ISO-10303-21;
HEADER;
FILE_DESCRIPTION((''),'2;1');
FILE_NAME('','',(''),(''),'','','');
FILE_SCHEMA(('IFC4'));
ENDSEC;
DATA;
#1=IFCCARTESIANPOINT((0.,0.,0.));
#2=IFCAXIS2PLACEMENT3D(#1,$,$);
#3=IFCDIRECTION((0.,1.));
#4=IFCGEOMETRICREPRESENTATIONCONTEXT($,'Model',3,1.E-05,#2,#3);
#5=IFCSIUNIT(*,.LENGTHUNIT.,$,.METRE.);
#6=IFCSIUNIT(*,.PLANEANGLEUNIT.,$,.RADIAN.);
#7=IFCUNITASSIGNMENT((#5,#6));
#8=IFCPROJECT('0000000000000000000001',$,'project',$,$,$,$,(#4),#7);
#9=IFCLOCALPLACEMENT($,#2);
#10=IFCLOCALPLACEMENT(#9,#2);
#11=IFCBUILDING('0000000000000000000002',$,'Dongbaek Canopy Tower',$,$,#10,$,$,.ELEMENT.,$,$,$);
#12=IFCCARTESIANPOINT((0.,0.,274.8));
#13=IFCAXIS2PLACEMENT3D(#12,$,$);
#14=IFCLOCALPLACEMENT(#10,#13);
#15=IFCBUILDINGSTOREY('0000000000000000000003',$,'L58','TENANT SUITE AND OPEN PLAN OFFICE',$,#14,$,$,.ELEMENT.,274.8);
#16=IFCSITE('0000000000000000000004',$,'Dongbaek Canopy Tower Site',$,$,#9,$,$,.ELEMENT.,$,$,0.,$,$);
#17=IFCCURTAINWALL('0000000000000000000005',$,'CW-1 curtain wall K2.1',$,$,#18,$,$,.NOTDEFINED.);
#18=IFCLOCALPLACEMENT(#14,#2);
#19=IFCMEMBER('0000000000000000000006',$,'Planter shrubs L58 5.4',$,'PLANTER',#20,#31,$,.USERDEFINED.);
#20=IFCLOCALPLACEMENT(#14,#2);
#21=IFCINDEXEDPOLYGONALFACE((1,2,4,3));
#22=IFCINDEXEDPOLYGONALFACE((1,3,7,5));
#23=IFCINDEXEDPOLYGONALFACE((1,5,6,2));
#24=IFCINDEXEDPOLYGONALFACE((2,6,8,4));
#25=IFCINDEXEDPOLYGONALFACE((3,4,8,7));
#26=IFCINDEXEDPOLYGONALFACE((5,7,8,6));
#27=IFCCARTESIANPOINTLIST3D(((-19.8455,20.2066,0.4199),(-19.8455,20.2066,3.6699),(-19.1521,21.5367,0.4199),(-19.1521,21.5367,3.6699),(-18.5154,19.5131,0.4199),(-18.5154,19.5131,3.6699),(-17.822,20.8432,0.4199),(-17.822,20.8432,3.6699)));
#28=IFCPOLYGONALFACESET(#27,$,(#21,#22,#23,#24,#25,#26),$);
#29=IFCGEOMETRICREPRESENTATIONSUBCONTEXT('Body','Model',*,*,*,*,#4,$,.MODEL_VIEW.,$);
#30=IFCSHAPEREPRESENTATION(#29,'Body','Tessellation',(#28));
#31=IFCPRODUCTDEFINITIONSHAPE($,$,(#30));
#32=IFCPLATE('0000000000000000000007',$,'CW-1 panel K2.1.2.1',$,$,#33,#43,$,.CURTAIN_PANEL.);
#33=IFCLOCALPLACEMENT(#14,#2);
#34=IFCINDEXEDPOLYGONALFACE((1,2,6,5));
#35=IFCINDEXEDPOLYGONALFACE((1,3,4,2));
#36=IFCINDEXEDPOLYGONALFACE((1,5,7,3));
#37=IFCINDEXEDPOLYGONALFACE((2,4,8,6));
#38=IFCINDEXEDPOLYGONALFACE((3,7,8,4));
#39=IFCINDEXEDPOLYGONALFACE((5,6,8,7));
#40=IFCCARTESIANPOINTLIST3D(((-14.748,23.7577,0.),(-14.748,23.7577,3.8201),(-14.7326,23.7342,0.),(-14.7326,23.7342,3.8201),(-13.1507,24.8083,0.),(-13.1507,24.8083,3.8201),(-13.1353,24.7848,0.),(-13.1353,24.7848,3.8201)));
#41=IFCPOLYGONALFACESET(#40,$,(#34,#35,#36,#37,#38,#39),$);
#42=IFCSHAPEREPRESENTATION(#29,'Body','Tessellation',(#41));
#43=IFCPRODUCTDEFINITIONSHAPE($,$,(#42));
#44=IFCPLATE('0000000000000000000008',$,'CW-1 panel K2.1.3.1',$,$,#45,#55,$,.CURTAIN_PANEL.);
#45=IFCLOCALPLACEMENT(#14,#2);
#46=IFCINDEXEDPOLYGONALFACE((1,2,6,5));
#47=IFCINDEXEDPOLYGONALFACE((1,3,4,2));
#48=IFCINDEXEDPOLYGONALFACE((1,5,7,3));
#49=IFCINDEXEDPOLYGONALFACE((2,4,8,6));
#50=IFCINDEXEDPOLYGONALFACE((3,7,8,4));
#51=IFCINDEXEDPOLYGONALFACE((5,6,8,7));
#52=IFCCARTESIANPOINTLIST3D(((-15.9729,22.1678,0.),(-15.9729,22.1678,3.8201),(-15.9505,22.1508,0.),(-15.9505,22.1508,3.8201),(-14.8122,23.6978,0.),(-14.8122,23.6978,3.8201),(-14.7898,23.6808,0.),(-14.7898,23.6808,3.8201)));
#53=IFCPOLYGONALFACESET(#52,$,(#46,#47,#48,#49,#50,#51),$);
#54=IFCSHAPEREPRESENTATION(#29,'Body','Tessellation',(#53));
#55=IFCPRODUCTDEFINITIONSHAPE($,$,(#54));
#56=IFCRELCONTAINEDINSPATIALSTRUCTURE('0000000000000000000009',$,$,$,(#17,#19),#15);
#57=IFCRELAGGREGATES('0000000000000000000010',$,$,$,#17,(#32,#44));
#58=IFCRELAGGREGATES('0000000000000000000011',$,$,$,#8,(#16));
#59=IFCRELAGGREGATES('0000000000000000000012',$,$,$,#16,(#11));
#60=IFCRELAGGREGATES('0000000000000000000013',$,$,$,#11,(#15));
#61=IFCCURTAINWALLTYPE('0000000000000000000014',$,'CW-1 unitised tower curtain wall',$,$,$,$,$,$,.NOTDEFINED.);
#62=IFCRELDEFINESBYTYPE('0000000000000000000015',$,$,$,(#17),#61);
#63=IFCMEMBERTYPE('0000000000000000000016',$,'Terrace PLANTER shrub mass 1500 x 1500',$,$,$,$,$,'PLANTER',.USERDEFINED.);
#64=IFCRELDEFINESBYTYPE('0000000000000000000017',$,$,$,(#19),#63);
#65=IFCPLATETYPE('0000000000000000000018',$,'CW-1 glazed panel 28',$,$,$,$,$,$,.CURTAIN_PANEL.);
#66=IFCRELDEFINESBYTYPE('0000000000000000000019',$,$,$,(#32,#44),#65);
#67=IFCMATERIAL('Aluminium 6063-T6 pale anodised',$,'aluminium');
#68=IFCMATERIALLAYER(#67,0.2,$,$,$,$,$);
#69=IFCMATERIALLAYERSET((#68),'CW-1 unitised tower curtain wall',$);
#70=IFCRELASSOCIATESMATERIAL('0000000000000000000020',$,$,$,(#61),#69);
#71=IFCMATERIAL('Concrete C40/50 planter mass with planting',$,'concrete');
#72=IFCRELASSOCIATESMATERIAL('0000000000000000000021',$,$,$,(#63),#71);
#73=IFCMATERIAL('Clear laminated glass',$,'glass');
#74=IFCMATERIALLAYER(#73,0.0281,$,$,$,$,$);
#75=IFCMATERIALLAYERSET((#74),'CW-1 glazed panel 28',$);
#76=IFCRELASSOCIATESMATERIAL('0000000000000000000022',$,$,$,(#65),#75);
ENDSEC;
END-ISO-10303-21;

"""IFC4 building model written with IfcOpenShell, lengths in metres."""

from ifc_helpers import new_model, si_unit, direction, frame, origin, origin_2d, place, context, subcontext, project, spatial, rectangle, extrude, material, layer, layer_set, material_profile, profile_set, type_object, element, aggregate, save


model = new_model("IFC4")

# Units and contexts
model_context = context("Model", 3, precision=1e-05, world=origin(), true_north=direction((0.0, 1.0)))
body_context = subcontext(model_context, "Body", "Model", "MODEL_VIEW")
ifc_project = project(units=[si_unit("LENGTHUNIT", "METRE"), si_unit("PLANEANGLEUNIT", "RADIAN")], contexts=[model_context])

# Site, building, storey
site_placement = place(None, origin())
site = spatial("IfcSite", under=ifc_project, at=site_placement, Name="Dongbaek Canopy Tower Site", CompositionType="ELEMENT", RefElevation=0.0)
building_placement = place(site_placement, origin())
building = spatial("IfcBuilding", under=site, at=building_placement, Name="Dongbaek Canopy Tower", CompositionType="ELEMENT")
storey_placement = place(building_placement, frame((0.0, 0.0, 274.8)))
storey = spatial("IfcBuildingStorey", under=building, at=storey_placement, Name="L58", Description="TENANT SUITE AND OPEN PLAN OFFICE", CompositionType="ELEMENT", Elevation=274.8)

# Curtain wall
ifc_material_1 = material(Name="Aluminium 6063-T6 pale anodised", Category="aluminium")
ifc_layer_1 = layer(ifc_material_1, 0.2)
ifc_layer_set_1 = layer_set([ifc_layer_1], Name="CW-1 unitised tower curtain wall")
curtain_wall_type = type_object("IfcCurtainWallType", Name="CW-1 unitised tower curtain wall", PredefinedType="NOTDEFINED", material=ifc_layer_set_1)
curtain_wall_placement = place(storey_placement, origin())
curtain_wall = element("IfcCurtainWall", 1, at=curtain_wall_placement, inside=storey, type_object=curtain_wall_type, Name="CW-1 curtain wall K2.1", PredefinedType="NOTDEFINED")

# Member
ifc_material_2 = material(Name="Concrete C40/50 planter mass with planting", Category="concrete")
ifc_material_profile_1 = material_profile(ifc_material_2, rectangle(XDim=1.5, YDim=1.5, at=origin_2d()), Name="Terrace PLANTER shrub mass 1500 x 1500")
ifc_profile_set_1 = profile_set([ifc_material_profile_1], Name="Concrete C40/50 planter mass with planting")
member_type_1 = type_object("IfcMemberType", Name="Terrace PLANTER shrub mass 1500 x 1500", ElementType="PLANTER", PredefinedType="USERDEFINED", material=ifc_profile_set_1)
member_1_placement = place(storey_placement, frame((-18.8337, 20.5249, 0.4199), z_axis=(0.0, 0.0, 1.0), x_axis=(-0.88673, 0.462288, 0.0)))
element("IfcMember", 2, at=member_1_placement, inside=storey, type_object=member_type_1, Name="Planter shrubs L58 5.4", ObjectType="PLANTER", PredefinedType="USERDEFINED", context=body_context, shape_type="SweptSolid", body=[
    extrude(rectangle(XDim=1.5, YDim=1.5, at=origin_2d()), origin(), (0.0, 0.0, 1.0), 3.25),
])

# Plates
ifc_material_3 = material(Name="Clear laminated glass", Category="glass")
ifc_layer_2 = layer(ifc_material_3, 0.0281)
ifc_layer_set_2 = layer_set([ifc_layer_2], Name="CW-1 glazed panel 28")
plate_type = type_object("IfcPlateType", Name="CW-1 glazed panel 28", PredefinedType="CURTAIN_PANEL", material=ifc_layer_set_2)
plate_1_placement = place(storey_placement, frame((-13.9417, 24.2712, 0.0), z_axis=(0.0, 0.0, 1.0), x_axis=(-0.835471, -0.549535, 0.0)))
plate_1 = element("IfcPlate", 3, at=plate_1_placement, type_object=plate_type, Name="CW-1 panel K2.1.2.1", PredefinedType="CURTAIN_PANEL", context=body_context, shape_type="SweptSolid", body=[
    extrude(rectangle(XDim=1.9119, YDim=0.0281, at=origin_2d()), origin(), (0.0, 0.0, 1.0), 3.8201),
])
plate_2_placement = place(storey_placement, frame((-15.3813, 22.9243, 0.0), z_axis=(0.0, 0.0, 1.0), x_axis=(-0.60438, -0.796696, 0.0)))
plate_2 = element("IfcPlate", 4, at=plate_2_placement, type_object=plate_type, Name="CW-1 panel K2.1.3.1", PredefinedType="CURTAIN_PANEL", context=body_context, shape_type="SweptSolid", body=[
    extrude(rectangle(XDim=1.9204, YDim=0.0281, at=origin_2d()), origin(), (0.0, 0.0, 1.0), 3.8201),
])
aggregate(curtain_wall, [plate_1, plate_2])

save(model, "model.ifc")
